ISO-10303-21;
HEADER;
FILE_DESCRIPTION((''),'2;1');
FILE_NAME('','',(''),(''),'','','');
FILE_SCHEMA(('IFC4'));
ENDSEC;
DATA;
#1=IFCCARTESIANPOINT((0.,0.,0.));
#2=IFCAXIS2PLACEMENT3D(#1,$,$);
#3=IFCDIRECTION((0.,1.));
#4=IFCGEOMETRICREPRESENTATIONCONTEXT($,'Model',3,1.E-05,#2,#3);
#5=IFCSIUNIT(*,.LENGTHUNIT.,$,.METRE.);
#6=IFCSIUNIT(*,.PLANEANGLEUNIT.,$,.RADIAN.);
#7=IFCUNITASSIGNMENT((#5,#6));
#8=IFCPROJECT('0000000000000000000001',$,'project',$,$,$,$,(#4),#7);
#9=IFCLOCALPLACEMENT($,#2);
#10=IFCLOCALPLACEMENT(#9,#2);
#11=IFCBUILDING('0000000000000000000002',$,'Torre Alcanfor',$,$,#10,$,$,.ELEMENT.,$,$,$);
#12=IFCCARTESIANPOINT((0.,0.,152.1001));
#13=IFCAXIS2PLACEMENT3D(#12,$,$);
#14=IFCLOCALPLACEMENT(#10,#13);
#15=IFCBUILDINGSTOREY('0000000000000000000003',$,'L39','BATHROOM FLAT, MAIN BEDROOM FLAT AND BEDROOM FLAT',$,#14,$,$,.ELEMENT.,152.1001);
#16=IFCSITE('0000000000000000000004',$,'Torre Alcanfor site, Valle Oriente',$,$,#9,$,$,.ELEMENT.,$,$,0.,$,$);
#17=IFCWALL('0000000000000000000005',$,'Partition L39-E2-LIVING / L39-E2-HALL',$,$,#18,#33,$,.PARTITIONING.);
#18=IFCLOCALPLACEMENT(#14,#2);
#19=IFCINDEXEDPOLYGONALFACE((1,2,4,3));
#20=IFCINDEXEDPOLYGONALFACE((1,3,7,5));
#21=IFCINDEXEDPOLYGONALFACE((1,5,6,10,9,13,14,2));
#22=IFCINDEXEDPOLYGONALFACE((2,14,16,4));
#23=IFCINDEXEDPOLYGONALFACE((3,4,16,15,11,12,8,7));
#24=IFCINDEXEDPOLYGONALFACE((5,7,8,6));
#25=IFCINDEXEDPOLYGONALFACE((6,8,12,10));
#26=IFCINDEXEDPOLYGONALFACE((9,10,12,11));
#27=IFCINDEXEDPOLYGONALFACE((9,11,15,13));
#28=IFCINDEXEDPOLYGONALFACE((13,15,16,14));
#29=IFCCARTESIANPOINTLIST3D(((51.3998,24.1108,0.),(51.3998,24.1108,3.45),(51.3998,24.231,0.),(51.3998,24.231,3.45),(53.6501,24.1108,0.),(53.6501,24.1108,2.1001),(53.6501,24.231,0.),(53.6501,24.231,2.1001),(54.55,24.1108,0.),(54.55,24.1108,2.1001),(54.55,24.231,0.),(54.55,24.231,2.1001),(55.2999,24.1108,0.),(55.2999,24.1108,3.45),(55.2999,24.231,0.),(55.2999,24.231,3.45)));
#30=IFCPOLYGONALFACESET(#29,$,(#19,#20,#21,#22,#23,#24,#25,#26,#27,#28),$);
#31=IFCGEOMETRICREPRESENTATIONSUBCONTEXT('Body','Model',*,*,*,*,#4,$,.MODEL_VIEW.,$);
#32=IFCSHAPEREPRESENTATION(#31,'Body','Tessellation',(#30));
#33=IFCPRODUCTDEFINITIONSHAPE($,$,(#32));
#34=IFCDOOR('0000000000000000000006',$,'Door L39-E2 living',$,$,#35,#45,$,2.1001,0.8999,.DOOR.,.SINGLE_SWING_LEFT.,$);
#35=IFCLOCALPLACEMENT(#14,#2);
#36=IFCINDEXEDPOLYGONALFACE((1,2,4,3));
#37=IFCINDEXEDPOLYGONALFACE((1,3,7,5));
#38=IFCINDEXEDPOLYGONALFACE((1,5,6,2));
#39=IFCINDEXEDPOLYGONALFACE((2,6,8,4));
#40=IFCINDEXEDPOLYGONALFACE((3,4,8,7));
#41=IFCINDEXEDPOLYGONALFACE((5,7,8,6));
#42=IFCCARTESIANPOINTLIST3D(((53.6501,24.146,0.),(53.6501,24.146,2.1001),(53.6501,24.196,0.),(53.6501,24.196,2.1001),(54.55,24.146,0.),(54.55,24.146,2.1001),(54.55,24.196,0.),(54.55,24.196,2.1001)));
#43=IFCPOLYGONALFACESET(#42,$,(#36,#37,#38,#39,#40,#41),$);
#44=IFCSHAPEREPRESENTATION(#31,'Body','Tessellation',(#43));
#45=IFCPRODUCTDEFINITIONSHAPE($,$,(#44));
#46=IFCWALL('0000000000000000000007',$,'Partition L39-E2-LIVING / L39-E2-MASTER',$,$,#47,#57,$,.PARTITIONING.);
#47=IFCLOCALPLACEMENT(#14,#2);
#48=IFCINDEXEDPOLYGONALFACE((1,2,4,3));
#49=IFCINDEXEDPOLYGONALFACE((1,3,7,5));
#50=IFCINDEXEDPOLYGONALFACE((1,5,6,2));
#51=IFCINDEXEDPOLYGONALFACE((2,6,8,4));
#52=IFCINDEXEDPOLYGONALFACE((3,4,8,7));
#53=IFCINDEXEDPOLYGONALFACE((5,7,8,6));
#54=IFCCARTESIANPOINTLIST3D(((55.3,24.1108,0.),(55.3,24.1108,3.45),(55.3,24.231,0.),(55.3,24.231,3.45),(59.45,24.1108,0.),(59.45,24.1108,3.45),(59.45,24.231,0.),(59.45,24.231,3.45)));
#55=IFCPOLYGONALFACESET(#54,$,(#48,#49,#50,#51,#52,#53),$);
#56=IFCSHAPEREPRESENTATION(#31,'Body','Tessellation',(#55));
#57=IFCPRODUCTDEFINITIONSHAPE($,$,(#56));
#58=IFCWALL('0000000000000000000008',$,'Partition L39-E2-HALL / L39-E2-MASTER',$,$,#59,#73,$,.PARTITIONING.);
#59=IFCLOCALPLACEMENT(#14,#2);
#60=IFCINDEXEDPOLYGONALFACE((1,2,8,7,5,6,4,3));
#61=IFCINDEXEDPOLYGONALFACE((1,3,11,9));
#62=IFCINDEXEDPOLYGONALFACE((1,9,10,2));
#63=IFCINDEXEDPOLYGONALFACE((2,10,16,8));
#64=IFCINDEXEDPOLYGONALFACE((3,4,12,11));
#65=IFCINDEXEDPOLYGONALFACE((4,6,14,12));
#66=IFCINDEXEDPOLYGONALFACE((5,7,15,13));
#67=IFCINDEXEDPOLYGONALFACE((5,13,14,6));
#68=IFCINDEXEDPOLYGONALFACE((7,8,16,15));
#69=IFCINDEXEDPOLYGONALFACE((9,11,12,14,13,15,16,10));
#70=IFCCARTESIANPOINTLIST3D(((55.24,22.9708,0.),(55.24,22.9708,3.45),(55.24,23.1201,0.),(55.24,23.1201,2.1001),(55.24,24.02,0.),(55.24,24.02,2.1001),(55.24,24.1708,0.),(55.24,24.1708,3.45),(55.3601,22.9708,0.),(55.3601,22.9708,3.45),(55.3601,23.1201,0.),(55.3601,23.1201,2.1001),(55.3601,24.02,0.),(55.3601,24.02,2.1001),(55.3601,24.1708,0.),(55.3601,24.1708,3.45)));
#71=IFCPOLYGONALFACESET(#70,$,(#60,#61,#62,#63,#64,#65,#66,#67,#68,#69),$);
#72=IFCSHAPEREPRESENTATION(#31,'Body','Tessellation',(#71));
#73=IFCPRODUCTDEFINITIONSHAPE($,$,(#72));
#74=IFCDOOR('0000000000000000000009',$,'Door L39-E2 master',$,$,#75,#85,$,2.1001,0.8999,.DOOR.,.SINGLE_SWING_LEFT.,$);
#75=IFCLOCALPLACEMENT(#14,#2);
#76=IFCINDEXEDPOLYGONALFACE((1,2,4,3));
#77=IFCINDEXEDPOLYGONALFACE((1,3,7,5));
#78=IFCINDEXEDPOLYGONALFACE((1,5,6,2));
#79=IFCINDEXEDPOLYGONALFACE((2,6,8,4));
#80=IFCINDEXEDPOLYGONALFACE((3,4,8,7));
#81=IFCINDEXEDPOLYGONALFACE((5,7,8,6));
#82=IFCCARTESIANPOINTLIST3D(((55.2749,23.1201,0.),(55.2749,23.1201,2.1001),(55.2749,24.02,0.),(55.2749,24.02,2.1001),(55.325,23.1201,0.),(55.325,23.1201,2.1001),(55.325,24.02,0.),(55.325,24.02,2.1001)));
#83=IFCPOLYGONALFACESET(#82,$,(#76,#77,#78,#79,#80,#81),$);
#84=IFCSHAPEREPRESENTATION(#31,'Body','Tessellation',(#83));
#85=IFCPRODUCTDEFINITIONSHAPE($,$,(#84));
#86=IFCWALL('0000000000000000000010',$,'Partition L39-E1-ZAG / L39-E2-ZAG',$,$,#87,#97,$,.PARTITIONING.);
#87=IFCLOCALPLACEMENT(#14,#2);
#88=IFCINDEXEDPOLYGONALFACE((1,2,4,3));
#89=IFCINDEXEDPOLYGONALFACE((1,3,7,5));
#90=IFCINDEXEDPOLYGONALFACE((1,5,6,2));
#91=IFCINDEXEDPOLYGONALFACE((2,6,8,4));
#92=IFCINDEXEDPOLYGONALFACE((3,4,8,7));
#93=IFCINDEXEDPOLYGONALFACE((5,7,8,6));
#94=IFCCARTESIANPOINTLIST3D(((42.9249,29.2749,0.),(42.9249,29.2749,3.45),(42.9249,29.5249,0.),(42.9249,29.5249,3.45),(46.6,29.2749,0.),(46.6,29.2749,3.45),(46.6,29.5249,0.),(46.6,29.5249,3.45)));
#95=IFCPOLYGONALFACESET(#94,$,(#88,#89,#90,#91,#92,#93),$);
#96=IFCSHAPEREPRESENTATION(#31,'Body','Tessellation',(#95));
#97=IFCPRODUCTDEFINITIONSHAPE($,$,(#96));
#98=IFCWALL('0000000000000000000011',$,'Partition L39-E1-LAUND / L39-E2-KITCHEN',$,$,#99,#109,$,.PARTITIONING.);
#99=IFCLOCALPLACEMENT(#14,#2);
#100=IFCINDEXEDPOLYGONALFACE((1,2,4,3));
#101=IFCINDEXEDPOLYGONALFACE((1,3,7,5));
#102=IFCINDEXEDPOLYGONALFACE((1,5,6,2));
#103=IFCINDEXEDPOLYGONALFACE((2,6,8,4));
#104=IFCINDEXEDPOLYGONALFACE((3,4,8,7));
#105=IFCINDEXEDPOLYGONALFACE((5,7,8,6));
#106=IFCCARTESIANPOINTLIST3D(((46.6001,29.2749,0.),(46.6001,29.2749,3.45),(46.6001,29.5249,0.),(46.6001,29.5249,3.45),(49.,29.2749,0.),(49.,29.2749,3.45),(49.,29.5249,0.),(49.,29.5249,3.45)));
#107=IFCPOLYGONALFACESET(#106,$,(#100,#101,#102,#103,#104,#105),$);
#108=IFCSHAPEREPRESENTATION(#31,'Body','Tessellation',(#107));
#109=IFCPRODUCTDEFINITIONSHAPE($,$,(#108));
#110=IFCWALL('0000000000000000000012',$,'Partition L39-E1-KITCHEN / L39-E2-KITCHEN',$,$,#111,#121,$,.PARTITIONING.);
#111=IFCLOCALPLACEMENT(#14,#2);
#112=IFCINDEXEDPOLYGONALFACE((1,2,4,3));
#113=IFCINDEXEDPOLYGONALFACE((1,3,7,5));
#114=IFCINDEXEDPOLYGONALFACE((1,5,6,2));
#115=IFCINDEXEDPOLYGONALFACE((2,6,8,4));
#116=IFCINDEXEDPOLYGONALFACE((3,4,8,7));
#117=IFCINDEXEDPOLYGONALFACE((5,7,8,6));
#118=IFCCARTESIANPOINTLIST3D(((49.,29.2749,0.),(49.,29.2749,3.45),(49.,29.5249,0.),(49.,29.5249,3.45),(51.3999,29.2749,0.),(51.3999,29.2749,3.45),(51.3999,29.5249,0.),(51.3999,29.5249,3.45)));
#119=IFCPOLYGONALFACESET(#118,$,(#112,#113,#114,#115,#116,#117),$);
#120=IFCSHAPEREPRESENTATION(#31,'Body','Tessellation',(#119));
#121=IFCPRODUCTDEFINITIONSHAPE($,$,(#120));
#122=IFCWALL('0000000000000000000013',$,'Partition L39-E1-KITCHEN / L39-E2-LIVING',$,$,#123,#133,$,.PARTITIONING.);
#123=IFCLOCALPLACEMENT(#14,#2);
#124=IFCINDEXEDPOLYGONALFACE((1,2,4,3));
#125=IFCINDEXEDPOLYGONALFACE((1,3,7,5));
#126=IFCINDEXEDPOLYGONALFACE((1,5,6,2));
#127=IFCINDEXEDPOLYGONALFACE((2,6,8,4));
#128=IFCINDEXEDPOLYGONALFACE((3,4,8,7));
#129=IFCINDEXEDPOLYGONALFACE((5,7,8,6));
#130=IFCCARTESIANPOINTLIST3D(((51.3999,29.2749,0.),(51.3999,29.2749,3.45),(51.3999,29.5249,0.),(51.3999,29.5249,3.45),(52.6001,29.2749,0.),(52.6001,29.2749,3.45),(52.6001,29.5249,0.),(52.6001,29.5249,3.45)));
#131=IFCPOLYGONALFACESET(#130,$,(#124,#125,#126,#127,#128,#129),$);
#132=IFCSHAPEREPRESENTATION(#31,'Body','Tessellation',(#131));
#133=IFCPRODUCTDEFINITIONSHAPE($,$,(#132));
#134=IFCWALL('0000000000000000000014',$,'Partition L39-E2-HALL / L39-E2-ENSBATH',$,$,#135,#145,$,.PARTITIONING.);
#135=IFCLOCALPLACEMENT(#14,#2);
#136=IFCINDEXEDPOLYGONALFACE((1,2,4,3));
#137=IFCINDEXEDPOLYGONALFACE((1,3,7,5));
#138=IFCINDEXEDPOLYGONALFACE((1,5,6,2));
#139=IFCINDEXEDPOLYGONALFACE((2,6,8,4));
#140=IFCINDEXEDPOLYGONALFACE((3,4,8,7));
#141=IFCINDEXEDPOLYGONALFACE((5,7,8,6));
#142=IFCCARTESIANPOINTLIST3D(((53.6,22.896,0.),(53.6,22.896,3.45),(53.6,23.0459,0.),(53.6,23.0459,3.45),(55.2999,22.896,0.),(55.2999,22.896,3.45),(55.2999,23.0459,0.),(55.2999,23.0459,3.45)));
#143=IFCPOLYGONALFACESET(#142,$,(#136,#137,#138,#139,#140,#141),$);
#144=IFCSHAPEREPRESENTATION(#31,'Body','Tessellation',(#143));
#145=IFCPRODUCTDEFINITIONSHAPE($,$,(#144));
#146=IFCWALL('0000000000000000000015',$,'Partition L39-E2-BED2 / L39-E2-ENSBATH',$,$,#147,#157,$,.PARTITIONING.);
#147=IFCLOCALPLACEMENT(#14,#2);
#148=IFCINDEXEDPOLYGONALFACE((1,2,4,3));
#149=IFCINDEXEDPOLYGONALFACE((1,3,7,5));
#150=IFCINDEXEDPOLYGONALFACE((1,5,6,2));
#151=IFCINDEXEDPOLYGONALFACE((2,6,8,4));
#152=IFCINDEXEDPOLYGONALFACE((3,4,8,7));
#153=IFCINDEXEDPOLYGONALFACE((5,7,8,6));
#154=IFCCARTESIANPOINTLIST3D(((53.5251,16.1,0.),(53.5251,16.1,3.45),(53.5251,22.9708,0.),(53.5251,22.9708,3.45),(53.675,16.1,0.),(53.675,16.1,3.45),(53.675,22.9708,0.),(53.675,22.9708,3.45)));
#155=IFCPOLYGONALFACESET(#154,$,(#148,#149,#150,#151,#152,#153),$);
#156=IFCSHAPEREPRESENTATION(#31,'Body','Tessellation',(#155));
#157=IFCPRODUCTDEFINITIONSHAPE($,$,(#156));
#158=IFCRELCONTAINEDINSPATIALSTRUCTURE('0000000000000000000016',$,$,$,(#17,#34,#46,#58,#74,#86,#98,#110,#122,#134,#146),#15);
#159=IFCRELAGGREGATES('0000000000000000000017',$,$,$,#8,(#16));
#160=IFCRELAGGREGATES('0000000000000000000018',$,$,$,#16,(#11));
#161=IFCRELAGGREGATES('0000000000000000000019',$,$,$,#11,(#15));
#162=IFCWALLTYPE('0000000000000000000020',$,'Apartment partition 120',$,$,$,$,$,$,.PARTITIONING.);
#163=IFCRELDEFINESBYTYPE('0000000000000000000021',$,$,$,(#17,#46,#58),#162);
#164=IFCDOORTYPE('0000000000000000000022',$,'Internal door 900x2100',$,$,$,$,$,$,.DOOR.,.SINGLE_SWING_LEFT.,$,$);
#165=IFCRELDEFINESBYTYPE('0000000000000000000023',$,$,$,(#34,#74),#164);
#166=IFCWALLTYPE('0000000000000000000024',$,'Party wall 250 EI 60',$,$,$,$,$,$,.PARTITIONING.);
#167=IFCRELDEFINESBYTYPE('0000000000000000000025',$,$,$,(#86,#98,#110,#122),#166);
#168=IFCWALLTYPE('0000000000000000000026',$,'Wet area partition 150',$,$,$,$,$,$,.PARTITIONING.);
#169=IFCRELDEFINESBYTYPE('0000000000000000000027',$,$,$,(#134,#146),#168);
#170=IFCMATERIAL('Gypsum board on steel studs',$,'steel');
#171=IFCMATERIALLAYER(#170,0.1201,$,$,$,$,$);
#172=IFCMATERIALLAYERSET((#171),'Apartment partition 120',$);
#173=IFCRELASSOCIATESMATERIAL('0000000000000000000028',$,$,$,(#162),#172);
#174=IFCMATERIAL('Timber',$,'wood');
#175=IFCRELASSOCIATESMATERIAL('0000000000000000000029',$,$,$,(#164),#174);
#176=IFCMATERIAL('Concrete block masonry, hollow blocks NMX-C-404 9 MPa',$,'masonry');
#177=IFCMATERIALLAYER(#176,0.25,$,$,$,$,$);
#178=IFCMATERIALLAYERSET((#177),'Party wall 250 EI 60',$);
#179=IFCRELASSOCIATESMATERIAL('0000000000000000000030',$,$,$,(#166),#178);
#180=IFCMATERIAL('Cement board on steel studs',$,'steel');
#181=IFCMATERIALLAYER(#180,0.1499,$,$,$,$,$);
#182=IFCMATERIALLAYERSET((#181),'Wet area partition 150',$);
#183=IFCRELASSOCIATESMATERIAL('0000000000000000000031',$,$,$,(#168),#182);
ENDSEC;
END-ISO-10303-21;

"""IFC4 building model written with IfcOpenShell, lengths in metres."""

from ifc_helpers import new_model, si_unit, direction, frame, frame_2d, origin, place, context, subcontext, project, spatial, rectangle, extrude, material, layer, layer_set, type_object, element, fill, save


model = new_model("IFC4")

# Units and contexts
model_context = context("Model", 3, precision=1e-05, world=origin(), true_north=direction((0.0, 1.0)))
body_context = subcontext(model_context, "Body", "Model", "MODEL_VIEW")
ifc_project = project(units=[si_unit("LENGTHUNIT", "METRE"), si_unit("PLANEANGLEUNIT", "RADIAN")], contexts=[model_context])

# Site, building, storey
site_placement = place(None, origin())
site = spatial("IfcSite", under=ifc_project, at=site_placement, Name="Torre Alcanfor site, Valle Oriente", CompositionType="ELEMENT", RefElevation=0.0)
building_placement = place(site_placement, origin())
building = spatial("IfcBuilding", under=site, at=building_placement, Name="Torre Alcanfor", CompositionType="ELEMENT")
storey_placement = place(building_placement, frame((0.0, 0.0, 152.1001)))
storey = spatial("IfcBuildingStorey", under=building, at=storey_placement, Name="L39", Description="BATHROOM FLAT, MAIN BEDROOM FLAT AND BEDROOM FLAT", CompositionType="ELEMENT", Elevation=152.1001)

# Shared definitions
ifc_material_1 = material(Name="Gypsum board on steel studs", Category="steel")
ifc_layer_1 = layer(ifc_material_1, 0.1201)
ifc_layer_set_1 = layer_set([ifc_layer_1], Name="Apartment partition 120")
wall_type_1 = type_object("IfcWallType", Name="Apartment partition 120", PredefinedType="PARTITIONING", material=ifc_layer_set_1)

# Shared definitions
ifc_material_2 = material(Name="Timber", Category="wood")
door_type_1 = type_object("IfcDoorType", Name="Internal door 900x2100", OperationType="SINGLE_SWING_LEFT", PredefinedType="DOOR", material=ifc_material_2)

# Wall, opening, door
wall_1_placement = place(storey_placement, frame((55.3, 24.1709, 0.0), z_axis=(0.0, 0.0, 1.0), x_axis=(-1.0, 0.0, 0.0)))
wall_1 = element("IfcWall", 1, at=wall_1_placement, inside=storey, type_object=wall_type_1, Name="Partition L39-E2-LIVING / L39-E2-HALL", PredefinedType="PARTITIONING", context=body_context, shape_type="SweptSolid", body=[
    extrude(rectangle(XDim=3.9001, YDim=0.1201, at=frame_2d((1.9502, 0.0))), origin(), (0.0, 0.0, 1.0), 3.45),
])
opening_1_placement = place(wall_1_placement, frame((0.75, 0.0, 0.0)))
opening_1 = element("IfcOpeningElement", 2, at=opening_1_placement, cuts=wall_1, PredefinedType="OPENING", context=body_context, shape_type="SweptSolid", body=[
    extrude(rectangle(XDim=0.8999, YDim=2.1001, at=frame_2d((0.45, 1.05))), frame((0.0, 0.0701, 0.0), z_axis=(0.0, -1.0, 0.0), x_axis=(1.0, 0.0, 0.0)), (0.0, 0.0, 1.0), 0.1401),
])
door_1_placement = place(opening_1_placement, frame((0.8999, 0.0, 0.0), z_axis=(0.0, 0.0, 1.0), x_axis=(-1.0, 0.0, 0.0)))
door_1 = element("IfcDoor", 3, at=door_1_placement, inside=storey, type_object=door_type_1, Name="Door L39-E2 living", OperationType="SINGLE_SWING_LEFT", OverallHeight=2.1001, OverallWidth=0.8999, PredefinedType="DOOR", context=body_context, shape_type="SweptSolid", body=[
    extrude(rectangle(XDim=0.8999, YDim=2.1001, at=frame_2d((0.45, 1.05))), frame((0.0, 0.0251, 0.0), z_axis=(0.0, -1.0, 0.0), x_axis=(1.0, 0.0, 0.0)), (0.0, 0.0, 1.0), 0.05),
])
fill(opening_1, door_1)

# Wall
wall_2_placement = place(storey_placement, frame((59.45, 24.1709, 0.0), z_axis=(0.0, 0.0, 1.0), x_axis=(-1.0, 0.0, 0.0)))
element("IfcWall", 4, at=wall_2_placement, inside=storey, type_object=wall_type_1, Name="Partition L39-E2-LIVING / L39-E2-MASTER", PredefinedType="PARTITIONING", context=body_context, shape_type="SweptSolid", body=[
    extrude(rectangle(XDim=4.1499, YDim=0.1201, at=frame_2d((2.075, 0.0))), origin(), (0.0, 0.0, 1.0), 3.45),
])

# Wall, opening, door
wall_3_placement = place(storey_placement, frame((55.3, 24.1709, 0.0), z_axis=(0.0, 0.0, 1.0), x_axis=(0.0, -1.0, 0.0)))
wall_3 = element("IfcWall", 5, at=wall_3_placement, inside=storey, type_object=wall_type_1, Name="Partition L39-E2-HALL / L39-E2-MASTER", PredefinedType="PARTITIONING", context=body_context, shape_type="SweptSolid", body=[
    extrude(rectangle(XDim=1.2, YDim=0.1201, at=frame_2d((0.6001, 0.0))), origin(), (0.0, 0.0, 1.0), 3.45),
])
opening_2_placement = place(wall_3_placement, frame((0.1509, 0.0, 0.0)))
opening_2 = element("IfcOpeningElement", 6, at=opening_2_placement, cuts=wall_3, PredefinedType="OPENING", context=body_context, shape_type="SweptSolid", body=[
    extrude(rectangle(XDim=0.8999, YDim=2.1001, at=frame_2d((0.45, 1.05))), frame((0.0, 0.0701, 0.0), z_axis=(0.0, -1.0, 0.0), x_axis=(1.0, 0.0, 0.0)), (0.0, 0.0, 1.0), 0.1401),
])
door_2_placement = place(opening_2_placement, origin())
door_2 = element("IfcDoor", 7, at=door_2_placement, inside=storey, type_object=door_type_1, Name="Door L39-E2 master", OperationType="SINGLE_SWING_LEFT", OverallHeight=2.1001, OverallWidth=0.8999, PredefinedType="DOOR", context=body_context, shape_type="SweptSolid", body=[
    extrude(rectangle(XDim=0.8999, YDim=2.1001, at=frame_2d((0.45, 1.05))), frame((0.0, 0.0249, 0.0), z_axis=(0.0, -1.0, 0.0), x_axis=(1.0, 0.0, 0.0)), (0.0, 0.0, 1.0), 0.05),
])
fill(opening_2, door_2)

# Walls
ifc_material_3 = material(Name="Concrete block masonry, hollow blocks NMX-C-404 9 MPa", Category="masonry")
ifc_layer_2 = layer(ifc_material_3, 0.25)
ifc_layer_set_2 = layer_set([ifc_layer_2], Name="Party wall 250 EI 60")
wall_type_2 = type_object("IfcWallType", Name="Party wall 250 EI 60", PredefinedType="PARTITIONING", material=ifc_layer_set_2)
wall_4_placement = place(storey_placement, frame((42.925, 29.3999, 0.0), z_axis=(0.0, 0.0, 1.0), x_axis=(1.0, 0.0, 0.0)))
element("IfcWall", 8, at=wall_4_placement, inside=storey, type_object=wall_type_2, Name="Partition L39-E1-ZAG / L39-E2-ZAG", PredefinedType="PARTITIONING", context=body_context, shape_type="SweptSolid", body=[
    extrude(rectangle(XDim=3.675, YDim=0.25, at=frame_2d((1.8374, 0.0))), origin(), (0.0, 0.0, 1.0), 3.45),
])
for number, where, z_axis, x_axis, name in (
    (9, (46.6001, 29.3999, 0.0), (0.0, 0.0, 1.0), (1.0, 0.0, 0.0), "Partition L39-E1-LAUND / L39-E2-KITCHEN"),
    (10, (49.0, 29.3999, 0.0), (0.0, 0.0, 1.0), (1.0, 0.0, 0.0), "Partition L39-E1-KITCHEN / L39-E2-KITCHEN"),
):
    element("IfcWall", number, at=place(storey_placement, frame(where, z_axis=z_axis, x_axis=x_axis)), inside=storey, type_object=wall_type_2, Name=name, PredefinedType="PARTITIONING", context=body_context, shape_type="SweptSolid", body=[
        extrude(rectangle(XDim=2.3999, YDim=0.25, at=frame_2d((1.2, 0.0))), origin(), (0.0, 0.0, 1.0), 3.45),
    ])
wall_5_placement = place(storey_placement, frame((51.3999, 29.3999, 0.0), z_axis=(0.0, 0.0, 1.0), x_axis=(1.0, 0.0, 0.0)))
element("IfcWall", 11, at=wall_5_placement, inside=storey, type_object=wall_type_2, Name="Partition L39-E1-KITCHEN / L39-E2-LIVING", PredefinedType="PARTITIONING", context=body_context, shape_type="SweptSolid", body=[
    extrude(rectangle(XDim=1.2002, YDim=0.25, at=frame_2d((0.6001, 0.0))), origin(), (0.0, 0.0, 1.0), 3.45),
])
ifc_material_4 = material(Name="Cement board on steel studs", Category="steel")
ifc_layer_3 = layer(ifc_material_4, 0.1499)
ifc_layer_set_3 = layer_set([ifc_layer_3], Name="Wet area partition 150")
wall_type_3 = type_object("IfcWallType", Name="Wet area partition 150", PredefinedType="PARTITIONING", material=ifc_layer_set_3)
wall_6_placement = place(storey_placement, frame((55.3, 22.9709, 0.0), z_axis=(0.0, 0.0, 1.0), x_axis=(-1.0, 0.0, 0.0)))
element("IfcWall", 12, at=wall_6_placement, inside=storey, type_object=wall_type_3, Name="Partition L39-E2-HALL / L39-E2-ENSBATH", PredefinedType="PARTITIONING", context=body_context, shape_type="SweptSolid", body=[
    extrude(rectangle(XDim=1.7, YDim=0.1499, at=frame_2d((0.8501, 0.0))), origin(), (0.0, 0.0, 1.0), 3.45),
])
wall_7_placement = place(storey_placement, frame((53.6001, 22.9709, 0.0), z_axis=(0.0, 0.0, 1.0), x_axis=(0.0, -1.0, 0.0)))
element("IfcWall", 13, at=wall_7_placement, inside=storey, type_object=wall_type_3, Name="Partition L39-E2-BED2 / L39-E2-ENSBATH", PredefinedType="PARTITIONING", context=body_context, shape_type="SweptSolid", body=[
    extrude(rectangle(XDim=6.8708, YDim=0.1499, at=frame_2d((3.4355, 0.0))), origin(), (0.0, 0.0, 1.0), 3.45),
])

save(model, "model.ifc")
